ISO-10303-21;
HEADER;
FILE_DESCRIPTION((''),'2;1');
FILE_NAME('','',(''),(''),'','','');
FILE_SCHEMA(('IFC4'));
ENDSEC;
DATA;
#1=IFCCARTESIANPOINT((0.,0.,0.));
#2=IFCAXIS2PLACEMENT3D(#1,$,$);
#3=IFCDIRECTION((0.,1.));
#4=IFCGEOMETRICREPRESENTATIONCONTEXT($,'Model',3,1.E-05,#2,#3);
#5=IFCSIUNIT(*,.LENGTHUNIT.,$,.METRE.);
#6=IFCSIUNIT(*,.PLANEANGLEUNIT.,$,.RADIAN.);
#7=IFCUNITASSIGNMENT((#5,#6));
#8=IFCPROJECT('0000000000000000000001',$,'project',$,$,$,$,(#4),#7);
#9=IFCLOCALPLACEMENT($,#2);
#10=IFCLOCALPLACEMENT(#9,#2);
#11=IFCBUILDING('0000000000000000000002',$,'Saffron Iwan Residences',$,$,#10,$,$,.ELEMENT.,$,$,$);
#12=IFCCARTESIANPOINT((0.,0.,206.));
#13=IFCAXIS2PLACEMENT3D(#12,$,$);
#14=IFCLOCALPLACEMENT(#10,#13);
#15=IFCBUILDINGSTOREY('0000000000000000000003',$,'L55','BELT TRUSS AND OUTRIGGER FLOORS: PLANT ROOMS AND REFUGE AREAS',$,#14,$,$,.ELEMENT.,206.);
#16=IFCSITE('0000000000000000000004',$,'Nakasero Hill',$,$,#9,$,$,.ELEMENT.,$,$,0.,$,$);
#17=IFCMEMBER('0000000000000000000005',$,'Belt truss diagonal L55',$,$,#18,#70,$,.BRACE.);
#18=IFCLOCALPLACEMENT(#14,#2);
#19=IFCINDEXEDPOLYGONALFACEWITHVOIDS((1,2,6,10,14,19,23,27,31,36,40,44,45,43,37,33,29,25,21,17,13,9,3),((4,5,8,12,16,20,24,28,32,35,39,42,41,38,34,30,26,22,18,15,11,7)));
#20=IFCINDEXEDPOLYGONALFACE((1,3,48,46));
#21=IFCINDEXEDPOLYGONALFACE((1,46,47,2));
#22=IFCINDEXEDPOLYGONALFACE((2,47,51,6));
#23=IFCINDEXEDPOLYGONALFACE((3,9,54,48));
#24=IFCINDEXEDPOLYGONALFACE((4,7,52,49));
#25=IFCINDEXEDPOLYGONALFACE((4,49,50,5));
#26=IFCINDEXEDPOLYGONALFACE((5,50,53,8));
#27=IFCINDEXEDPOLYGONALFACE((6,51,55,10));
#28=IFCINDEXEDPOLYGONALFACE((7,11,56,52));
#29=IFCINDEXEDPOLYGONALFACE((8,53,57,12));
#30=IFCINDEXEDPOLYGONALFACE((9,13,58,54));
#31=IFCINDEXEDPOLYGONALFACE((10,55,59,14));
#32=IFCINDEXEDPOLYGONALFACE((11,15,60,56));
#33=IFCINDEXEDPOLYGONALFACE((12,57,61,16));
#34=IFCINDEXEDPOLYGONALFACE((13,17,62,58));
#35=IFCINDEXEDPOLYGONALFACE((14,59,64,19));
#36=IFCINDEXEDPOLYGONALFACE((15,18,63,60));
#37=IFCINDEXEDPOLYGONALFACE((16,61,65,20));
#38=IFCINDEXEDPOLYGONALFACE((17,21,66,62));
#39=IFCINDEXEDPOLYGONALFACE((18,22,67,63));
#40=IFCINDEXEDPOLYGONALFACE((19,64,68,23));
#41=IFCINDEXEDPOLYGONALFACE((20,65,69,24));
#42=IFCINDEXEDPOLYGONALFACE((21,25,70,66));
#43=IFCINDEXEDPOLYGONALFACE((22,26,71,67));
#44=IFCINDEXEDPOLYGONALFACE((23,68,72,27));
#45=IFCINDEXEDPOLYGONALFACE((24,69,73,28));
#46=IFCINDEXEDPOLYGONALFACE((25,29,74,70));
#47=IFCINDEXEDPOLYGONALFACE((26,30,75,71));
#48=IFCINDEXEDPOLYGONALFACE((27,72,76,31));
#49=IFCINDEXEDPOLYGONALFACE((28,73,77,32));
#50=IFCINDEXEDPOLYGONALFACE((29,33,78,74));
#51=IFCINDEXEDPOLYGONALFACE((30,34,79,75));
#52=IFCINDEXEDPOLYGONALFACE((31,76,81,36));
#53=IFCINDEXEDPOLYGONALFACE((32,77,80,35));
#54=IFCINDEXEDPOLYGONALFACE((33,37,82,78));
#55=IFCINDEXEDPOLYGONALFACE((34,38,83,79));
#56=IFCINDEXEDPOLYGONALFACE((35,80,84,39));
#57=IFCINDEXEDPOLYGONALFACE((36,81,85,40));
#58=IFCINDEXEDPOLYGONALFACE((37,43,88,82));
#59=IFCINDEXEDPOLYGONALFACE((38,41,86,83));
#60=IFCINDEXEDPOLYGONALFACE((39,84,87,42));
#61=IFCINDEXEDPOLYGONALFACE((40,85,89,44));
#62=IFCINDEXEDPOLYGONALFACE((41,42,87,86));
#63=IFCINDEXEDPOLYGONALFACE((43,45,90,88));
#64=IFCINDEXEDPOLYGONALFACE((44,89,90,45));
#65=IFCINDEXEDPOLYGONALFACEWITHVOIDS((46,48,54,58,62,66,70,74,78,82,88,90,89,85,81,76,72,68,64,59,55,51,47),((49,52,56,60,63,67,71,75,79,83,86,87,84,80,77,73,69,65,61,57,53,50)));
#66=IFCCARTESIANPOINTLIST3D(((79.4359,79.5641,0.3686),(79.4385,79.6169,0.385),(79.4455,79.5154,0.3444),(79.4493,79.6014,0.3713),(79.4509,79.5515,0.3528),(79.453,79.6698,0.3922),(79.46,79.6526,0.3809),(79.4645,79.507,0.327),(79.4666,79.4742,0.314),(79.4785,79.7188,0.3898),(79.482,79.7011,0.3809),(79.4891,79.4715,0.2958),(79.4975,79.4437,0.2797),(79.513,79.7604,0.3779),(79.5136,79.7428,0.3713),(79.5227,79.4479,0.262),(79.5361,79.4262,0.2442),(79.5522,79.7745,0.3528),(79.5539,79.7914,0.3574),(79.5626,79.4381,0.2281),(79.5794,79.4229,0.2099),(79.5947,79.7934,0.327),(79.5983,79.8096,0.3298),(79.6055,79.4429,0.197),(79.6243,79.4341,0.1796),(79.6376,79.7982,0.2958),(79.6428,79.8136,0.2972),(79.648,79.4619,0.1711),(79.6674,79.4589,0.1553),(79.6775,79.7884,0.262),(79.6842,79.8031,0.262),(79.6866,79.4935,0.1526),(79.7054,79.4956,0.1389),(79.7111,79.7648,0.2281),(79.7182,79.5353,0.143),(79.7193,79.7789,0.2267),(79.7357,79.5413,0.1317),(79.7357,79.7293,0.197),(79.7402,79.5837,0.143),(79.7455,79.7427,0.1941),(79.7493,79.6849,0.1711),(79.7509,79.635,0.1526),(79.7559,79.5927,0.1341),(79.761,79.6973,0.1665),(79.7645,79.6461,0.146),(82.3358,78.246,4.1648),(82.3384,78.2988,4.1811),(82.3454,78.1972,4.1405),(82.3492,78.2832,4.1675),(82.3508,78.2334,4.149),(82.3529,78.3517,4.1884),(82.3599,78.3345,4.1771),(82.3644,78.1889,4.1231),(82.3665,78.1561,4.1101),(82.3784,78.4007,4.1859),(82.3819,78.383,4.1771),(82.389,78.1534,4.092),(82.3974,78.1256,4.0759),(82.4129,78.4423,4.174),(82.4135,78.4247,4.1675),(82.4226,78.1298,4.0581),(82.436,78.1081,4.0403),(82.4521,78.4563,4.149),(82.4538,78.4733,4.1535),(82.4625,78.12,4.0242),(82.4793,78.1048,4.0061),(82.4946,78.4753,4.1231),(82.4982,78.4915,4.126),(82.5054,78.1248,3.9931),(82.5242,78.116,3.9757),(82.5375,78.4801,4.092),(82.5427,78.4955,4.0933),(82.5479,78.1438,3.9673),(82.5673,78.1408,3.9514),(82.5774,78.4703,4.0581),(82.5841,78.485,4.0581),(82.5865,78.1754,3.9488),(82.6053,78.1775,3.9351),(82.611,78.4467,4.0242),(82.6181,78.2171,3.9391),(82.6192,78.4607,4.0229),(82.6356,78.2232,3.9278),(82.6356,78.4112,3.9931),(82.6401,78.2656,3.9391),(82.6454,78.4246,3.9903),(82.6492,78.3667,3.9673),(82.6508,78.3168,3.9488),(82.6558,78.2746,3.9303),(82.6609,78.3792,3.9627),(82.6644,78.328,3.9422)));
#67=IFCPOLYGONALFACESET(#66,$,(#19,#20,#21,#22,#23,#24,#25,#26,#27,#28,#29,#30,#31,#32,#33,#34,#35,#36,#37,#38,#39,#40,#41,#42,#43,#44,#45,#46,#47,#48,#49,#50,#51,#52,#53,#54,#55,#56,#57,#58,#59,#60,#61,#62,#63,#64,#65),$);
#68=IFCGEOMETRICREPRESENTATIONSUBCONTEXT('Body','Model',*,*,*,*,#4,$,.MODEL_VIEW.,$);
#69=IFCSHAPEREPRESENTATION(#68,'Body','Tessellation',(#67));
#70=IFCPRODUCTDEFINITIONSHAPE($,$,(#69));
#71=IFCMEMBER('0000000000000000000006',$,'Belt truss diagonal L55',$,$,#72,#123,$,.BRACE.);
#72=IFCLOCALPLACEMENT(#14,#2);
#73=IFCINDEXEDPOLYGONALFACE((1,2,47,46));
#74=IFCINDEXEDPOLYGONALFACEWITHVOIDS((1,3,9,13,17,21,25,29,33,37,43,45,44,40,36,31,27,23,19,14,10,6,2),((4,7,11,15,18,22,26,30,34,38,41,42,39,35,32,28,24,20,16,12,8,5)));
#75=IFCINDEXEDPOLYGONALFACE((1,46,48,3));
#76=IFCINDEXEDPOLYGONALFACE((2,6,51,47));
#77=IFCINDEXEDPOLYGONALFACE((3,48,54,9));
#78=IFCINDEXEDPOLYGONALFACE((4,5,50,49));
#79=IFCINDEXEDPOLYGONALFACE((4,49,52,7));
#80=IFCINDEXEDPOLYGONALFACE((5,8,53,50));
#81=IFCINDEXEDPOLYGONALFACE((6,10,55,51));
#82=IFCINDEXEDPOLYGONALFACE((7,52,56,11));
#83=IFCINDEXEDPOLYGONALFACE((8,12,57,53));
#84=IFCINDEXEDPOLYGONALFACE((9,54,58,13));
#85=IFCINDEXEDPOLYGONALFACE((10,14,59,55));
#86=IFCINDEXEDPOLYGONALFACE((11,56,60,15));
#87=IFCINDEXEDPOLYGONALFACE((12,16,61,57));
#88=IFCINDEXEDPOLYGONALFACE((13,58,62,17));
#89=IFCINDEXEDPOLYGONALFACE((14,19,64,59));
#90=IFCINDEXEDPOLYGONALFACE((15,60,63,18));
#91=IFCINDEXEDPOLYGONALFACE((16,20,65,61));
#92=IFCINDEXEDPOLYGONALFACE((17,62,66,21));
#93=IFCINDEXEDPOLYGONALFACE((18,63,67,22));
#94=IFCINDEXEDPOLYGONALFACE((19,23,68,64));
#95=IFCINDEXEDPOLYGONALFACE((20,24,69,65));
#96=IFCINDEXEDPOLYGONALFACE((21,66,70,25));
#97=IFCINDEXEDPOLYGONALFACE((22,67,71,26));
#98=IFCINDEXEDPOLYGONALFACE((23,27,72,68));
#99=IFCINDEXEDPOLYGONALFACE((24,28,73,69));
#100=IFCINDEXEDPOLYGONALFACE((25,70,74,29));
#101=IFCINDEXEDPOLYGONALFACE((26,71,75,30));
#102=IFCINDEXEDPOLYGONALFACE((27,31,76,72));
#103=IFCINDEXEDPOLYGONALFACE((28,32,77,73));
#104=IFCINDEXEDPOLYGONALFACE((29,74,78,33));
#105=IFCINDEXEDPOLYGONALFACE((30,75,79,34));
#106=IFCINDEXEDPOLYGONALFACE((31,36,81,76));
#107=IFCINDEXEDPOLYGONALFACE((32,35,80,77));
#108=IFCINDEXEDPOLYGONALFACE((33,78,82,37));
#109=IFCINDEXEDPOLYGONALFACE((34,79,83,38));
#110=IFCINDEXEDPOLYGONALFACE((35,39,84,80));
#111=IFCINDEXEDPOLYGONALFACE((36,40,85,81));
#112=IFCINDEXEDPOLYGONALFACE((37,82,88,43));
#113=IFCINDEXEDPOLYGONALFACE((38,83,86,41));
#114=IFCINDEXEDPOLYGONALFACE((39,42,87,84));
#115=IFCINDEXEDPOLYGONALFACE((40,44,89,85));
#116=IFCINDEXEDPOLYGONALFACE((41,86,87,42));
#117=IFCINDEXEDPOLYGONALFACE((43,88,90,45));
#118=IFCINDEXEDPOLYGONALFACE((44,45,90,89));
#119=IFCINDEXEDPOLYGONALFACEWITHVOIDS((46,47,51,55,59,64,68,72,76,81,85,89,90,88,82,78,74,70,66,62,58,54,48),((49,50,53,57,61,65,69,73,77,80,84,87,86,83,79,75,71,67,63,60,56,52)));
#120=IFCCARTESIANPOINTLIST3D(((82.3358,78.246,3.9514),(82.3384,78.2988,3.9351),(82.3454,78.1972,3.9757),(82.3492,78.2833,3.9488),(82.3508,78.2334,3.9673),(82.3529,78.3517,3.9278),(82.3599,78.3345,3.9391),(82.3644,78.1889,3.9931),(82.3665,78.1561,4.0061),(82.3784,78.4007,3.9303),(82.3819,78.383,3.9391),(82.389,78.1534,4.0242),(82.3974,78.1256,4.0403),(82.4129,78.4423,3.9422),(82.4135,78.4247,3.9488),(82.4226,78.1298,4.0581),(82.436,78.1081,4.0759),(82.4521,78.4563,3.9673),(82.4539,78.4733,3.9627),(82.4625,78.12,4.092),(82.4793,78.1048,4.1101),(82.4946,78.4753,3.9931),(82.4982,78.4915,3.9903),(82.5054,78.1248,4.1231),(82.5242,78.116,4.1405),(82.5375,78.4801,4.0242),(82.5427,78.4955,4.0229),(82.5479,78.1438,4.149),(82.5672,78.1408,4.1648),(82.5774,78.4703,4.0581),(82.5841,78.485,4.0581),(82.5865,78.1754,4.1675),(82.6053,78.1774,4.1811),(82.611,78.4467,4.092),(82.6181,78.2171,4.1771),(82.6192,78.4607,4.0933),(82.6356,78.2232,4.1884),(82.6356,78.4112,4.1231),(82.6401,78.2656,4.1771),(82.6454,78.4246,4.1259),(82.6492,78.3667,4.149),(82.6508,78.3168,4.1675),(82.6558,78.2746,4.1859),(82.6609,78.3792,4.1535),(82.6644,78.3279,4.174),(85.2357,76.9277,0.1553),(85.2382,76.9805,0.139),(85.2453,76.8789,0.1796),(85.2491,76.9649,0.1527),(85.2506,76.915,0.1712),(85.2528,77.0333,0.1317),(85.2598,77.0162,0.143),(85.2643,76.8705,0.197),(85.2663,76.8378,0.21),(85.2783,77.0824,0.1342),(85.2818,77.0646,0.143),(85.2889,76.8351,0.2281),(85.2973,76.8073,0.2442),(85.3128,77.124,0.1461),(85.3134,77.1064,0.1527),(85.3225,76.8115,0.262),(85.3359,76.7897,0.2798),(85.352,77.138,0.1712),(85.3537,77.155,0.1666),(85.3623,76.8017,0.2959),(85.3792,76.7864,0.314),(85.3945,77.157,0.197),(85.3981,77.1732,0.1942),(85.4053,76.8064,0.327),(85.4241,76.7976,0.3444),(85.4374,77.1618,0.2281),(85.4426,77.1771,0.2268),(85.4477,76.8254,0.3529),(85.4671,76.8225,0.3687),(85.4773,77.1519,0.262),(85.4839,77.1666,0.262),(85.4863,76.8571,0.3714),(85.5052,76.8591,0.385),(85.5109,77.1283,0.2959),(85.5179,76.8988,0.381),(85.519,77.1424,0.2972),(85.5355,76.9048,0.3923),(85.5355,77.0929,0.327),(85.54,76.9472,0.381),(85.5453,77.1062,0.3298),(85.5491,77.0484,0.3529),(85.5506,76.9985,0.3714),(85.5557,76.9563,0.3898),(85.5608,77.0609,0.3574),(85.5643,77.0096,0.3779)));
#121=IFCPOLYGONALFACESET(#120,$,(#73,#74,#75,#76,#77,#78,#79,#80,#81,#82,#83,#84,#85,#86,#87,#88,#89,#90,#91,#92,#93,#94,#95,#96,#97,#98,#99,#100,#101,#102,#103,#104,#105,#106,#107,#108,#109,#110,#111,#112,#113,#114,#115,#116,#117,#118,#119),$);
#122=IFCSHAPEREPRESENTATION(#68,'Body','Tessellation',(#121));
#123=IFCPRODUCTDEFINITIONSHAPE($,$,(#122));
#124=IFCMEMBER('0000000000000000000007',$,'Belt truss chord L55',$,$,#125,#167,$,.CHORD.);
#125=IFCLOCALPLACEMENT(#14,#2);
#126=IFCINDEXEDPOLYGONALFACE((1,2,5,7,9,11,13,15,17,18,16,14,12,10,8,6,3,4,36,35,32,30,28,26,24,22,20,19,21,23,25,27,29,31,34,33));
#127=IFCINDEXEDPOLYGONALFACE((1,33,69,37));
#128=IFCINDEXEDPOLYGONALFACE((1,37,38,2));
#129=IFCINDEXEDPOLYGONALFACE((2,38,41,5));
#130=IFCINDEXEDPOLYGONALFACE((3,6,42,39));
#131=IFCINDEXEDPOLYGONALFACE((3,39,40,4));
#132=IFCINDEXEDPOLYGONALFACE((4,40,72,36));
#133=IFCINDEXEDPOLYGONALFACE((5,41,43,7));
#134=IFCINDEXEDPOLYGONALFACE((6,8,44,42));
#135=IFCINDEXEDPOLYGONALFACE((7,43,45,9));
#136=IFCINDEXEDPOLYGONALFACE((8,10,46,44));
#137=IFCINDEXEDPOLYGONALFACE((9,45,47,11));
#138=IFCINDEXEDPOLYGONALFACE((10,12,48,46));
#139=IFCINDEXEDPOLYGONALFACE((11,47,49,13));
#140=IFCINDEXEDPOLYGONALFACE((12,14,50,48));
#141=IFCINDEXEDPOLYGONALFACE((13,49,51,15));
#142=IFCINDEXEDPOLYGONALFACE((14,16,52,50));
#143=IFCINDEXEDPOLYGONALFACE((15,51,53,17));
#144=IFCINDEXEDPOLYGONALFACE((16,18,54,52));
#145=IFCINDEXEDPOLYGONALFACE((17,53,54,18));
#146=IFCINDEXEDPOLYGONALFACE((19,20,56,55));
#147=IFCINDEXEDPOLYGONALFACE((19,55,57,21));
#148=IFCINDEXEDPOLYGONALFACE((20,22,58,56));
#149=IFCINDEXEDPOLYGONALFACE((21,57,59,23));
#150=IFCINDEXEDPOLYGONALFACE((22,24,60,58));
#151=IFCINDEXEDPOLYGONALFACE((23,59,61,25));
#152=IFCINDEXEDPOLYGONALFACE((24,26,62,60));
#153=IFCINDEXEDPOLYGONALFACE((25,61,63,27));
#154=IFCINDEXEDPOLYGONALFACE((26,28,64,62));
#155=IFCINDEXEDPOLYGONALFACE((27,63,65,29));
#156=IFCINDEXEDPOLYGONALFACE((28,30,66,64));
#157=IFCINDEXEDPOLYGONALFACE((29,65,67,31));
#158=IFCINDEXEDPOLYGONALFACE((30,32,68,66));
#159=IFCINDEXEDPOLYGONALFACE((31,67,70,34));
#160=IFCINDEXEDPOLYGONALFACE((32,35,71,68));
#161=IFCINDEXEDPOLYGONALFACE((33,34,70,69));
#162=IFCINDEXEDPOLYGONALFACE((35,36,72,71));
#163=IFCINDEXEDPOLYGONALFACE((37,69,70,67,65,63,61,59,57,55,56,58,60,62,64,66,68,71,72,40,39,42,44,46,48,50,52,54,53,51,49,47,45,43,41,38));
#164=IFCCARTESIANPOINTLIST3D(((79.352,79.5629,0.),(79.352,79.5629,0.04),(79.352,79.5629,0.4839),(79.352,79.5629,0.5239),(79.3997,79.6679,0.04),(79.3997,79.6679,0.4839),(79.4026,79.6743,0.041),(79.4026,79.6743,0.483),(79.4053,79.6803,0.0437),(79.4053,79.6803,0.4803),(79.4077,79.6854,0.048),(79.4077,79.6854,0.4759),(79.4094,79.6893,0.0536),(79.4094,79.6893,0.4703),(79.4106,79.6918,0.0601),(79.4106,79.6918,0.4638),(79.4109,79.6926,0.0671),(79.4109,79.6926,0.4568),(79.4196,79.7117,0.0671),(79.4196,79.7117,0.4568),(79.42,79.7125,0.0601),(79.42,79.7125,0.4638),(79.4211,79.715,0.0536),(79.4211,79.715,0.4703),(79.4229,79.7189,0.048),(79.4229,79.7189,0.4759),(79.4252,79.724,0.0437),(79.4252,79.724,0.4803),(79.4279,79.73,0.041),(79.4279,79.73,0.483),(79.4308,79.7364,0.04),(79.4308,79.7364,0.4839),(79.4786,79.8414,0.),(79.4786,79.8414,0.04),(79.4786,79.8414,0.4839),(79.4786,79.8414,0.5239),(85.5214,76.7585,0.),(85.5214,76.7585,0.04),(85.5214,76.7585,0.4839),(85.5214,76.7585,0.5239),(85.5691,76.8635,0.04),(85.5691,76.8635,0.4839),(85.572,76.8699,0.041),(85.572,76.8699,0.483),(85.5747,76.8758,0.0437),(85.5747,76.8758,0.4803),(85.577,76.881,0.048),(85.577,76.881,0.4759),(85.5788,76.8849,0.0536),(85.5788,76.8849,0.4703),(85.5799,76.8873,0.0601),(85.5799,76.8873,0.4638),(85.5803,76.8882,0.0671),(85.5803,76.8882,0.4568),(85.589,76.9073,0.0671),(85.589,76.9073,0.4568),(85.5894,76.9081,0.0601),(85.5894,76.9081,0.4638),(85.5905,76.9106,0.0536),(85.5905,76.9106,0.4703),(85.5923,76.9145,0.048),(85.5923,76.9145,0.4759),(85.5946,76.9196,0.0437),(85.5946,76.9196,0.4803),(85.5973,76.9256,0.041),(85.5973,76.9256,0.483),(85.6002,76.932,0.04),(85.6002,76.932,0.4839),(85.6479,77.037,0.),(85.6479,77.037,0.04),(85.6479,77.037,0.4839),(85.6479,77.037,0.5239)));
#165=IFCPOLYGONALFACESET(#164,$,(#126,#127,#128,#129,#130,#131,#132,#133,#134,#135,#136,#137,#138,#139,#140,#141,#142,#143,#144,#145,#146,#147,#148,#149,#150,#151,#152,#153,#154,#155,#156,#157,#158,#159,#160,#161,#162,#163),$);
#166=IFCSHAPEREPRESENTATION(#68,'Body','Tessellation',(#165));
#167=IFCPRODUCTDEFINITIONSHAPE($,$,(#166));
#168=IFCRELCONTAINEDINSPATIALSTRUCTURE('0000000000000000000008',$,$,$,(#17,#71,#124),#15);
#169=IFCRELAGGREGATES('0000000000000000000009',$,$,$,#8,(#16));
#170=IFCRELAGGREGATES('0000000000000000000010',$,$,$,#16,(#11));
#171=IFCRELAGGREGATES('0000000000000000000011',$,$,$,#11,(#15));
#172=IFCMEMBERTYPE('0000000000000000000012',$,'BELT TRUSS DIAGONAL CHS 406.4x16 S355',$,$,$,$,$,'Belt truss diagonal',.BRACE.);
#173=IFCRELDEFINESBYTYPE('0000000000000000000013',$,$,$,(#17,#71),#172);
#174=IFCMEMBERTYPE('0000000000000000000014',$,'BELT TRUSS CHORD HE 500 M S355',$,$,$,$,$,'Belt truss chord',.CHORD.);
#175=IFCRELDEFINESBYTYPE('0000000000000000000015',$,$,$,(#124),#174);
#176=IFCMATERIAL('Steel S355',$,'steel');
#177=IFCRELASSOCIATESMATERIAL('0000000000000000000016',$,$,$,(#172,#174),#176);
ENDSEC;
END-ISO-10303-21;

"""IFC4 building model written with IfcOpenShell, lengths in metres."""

from ifc_helpers import new_model, si_unit, direction, frame, origin, origin_2d, place, context, subcontext, project, spatial, hollow_circle, i_section, extrude, source, transform, mapped, material, material_profile, profile_set, type_object, element, save


model = new_model("IFC4")

# Units and contexts
model_context = context("Model", 3, precision=1e-05, world=origin(), true_north=direction((0.0, 1.0)))
body_context = subcontext(model_context, "Body", "Model", "MODEL_VIEW")
ifc_project = project(units=[si_unit("LENGTHUNIT", "METRE"), si_unit("PLANEANGLEUNIT", "RADIAN")], contexts=[model_context])

# Site, building, storey
site_placement = place(None, origin())
site = spatial("IfcSite", under=ifc_project, at=site_placement, Name="Nakasero Hill", CompositionType="ELEMENT", RefElevation=0.0)
building_placement = place(site_placement, origin())
building = spatial("IfcBuilding", under=site, at=building_placement, Name="Saffron Iwan Residences", CompositionType="ELEMENT")
storey_placement = place(building_placement, frame((0.0, 0.0, 206.0)))
storey = spatial("IfcBuildingStorey", under=building, at=storey_placement, Name="L55", Description="BELT TRUSS AND OUTRIGGER FLOORS: PLANT ROOMS AND REFUGE AREAS", CompositionType="ELEMENT", Elevation=206.0)

# Members
ifc_material_1 = material(Name="Steel S355", Category="steel")
ifc_material_profile_1 = material_profile(ifc_material_1, hollow_circle(Radius=0.2031, WallThickness=0.0161, at=origin_2d()), Name="CHS 406.4x16")
ifc_profile_set_1 = profile_set([ifc_material_profile_1], Name="Steel S355")
member_type_1 = type_object("IfcMemberType", Name="BELT TRUSS DIAGONAL CHS 406.4x16 S355", ElementType="Belt truss diagonal", PredefinedType="BRACE", material=ifc_profile_set_1)
ifc_material_profile_2 = material_profile(ifc_material_1, i_section(OverallWidth=0.3059, OverallDepth=0.5239, WebThickness=0.021, FlangeThickness=0.04, FilletRadius=0.0271, at=origin_2d()), Name="HE 500 M")
ifc_profile_set_2 = profile_set([ifc_material_profile_2], Name="Steel S355")
member_type_2 = type_object("IfcMemberType", Name="BELT TRUSS CHORD HE 500 M S355", ElementType="Belt truss chord", PredefinedType="CHORD", material=ifc_profile_set_2)
shared_shape_1 = source(origin(), body_context, "Body", "SweptSolid", [
    extrude(hollow_circle(Radius=0.2031, WallThickness=0.0161, at=origin_2d()), origin(), (0.0, 0.0, 1.0), 4.9556),
])
for number, where, z_axis, x_axis, name in (
    (1, (79.6001, 79.6182, 0.262), (0.585182, -0.265987, 0.766037), (0.413797, 0.910369, 0.0), "Belt truss diagonal L55"),
    (2, (82.5, 78.3, 4.0581), (0.585174, -0.266033, -0.766027), (0.413861, 0.91034, 0.0), "Belt truss diagonal L55"),
):
    element("IfcMember", number, at=place(storey_placement, frame(where, z_axis=z_axis, x_axis=x_axis)), inside=storey, type_object=member_type_1, Name=name, PredefinedType="BRACE", context=body_context, shape_type="MappedRepresentation", body=[
        mapped(shared_shape_1, transform((0.0, 0.0, 0.0))),
    ])
shared_shape_2 = source(origin(), body_context, "Body", "SweptSolid", [
    extrude(i_section(OverallWidth=0.3059, OverallDepth=0.5239, WebThickness=0.021, FlangeThickness=0.04, FilletRadius=0.0271, at=origin_2d()), origin(), (0.0, 0.0, 1.0), 6.7769),
])
for number, where, z_axis, x_axis, name in (
    (3, (79.4153, 79.7021, 0.262), (0.910358, -0.413822, 0.0), (0.413822, 0.910358, 0.0), "Belt truss chord L55"),
):
    element("IfcMember", number, at=place(storey_placement, frame(where, z_axis=z_axis, x_axis=x_axis)), inside=storey, type_object=member_type_2, Name=name, PredefinedType="CHORD", context=body_context, shape_type="MappedRepresentation", body=[
        mapped(shared_shape_2, transform((0.0, 0.0, 0.0))),
    ])

save(model, "model.ifc")
